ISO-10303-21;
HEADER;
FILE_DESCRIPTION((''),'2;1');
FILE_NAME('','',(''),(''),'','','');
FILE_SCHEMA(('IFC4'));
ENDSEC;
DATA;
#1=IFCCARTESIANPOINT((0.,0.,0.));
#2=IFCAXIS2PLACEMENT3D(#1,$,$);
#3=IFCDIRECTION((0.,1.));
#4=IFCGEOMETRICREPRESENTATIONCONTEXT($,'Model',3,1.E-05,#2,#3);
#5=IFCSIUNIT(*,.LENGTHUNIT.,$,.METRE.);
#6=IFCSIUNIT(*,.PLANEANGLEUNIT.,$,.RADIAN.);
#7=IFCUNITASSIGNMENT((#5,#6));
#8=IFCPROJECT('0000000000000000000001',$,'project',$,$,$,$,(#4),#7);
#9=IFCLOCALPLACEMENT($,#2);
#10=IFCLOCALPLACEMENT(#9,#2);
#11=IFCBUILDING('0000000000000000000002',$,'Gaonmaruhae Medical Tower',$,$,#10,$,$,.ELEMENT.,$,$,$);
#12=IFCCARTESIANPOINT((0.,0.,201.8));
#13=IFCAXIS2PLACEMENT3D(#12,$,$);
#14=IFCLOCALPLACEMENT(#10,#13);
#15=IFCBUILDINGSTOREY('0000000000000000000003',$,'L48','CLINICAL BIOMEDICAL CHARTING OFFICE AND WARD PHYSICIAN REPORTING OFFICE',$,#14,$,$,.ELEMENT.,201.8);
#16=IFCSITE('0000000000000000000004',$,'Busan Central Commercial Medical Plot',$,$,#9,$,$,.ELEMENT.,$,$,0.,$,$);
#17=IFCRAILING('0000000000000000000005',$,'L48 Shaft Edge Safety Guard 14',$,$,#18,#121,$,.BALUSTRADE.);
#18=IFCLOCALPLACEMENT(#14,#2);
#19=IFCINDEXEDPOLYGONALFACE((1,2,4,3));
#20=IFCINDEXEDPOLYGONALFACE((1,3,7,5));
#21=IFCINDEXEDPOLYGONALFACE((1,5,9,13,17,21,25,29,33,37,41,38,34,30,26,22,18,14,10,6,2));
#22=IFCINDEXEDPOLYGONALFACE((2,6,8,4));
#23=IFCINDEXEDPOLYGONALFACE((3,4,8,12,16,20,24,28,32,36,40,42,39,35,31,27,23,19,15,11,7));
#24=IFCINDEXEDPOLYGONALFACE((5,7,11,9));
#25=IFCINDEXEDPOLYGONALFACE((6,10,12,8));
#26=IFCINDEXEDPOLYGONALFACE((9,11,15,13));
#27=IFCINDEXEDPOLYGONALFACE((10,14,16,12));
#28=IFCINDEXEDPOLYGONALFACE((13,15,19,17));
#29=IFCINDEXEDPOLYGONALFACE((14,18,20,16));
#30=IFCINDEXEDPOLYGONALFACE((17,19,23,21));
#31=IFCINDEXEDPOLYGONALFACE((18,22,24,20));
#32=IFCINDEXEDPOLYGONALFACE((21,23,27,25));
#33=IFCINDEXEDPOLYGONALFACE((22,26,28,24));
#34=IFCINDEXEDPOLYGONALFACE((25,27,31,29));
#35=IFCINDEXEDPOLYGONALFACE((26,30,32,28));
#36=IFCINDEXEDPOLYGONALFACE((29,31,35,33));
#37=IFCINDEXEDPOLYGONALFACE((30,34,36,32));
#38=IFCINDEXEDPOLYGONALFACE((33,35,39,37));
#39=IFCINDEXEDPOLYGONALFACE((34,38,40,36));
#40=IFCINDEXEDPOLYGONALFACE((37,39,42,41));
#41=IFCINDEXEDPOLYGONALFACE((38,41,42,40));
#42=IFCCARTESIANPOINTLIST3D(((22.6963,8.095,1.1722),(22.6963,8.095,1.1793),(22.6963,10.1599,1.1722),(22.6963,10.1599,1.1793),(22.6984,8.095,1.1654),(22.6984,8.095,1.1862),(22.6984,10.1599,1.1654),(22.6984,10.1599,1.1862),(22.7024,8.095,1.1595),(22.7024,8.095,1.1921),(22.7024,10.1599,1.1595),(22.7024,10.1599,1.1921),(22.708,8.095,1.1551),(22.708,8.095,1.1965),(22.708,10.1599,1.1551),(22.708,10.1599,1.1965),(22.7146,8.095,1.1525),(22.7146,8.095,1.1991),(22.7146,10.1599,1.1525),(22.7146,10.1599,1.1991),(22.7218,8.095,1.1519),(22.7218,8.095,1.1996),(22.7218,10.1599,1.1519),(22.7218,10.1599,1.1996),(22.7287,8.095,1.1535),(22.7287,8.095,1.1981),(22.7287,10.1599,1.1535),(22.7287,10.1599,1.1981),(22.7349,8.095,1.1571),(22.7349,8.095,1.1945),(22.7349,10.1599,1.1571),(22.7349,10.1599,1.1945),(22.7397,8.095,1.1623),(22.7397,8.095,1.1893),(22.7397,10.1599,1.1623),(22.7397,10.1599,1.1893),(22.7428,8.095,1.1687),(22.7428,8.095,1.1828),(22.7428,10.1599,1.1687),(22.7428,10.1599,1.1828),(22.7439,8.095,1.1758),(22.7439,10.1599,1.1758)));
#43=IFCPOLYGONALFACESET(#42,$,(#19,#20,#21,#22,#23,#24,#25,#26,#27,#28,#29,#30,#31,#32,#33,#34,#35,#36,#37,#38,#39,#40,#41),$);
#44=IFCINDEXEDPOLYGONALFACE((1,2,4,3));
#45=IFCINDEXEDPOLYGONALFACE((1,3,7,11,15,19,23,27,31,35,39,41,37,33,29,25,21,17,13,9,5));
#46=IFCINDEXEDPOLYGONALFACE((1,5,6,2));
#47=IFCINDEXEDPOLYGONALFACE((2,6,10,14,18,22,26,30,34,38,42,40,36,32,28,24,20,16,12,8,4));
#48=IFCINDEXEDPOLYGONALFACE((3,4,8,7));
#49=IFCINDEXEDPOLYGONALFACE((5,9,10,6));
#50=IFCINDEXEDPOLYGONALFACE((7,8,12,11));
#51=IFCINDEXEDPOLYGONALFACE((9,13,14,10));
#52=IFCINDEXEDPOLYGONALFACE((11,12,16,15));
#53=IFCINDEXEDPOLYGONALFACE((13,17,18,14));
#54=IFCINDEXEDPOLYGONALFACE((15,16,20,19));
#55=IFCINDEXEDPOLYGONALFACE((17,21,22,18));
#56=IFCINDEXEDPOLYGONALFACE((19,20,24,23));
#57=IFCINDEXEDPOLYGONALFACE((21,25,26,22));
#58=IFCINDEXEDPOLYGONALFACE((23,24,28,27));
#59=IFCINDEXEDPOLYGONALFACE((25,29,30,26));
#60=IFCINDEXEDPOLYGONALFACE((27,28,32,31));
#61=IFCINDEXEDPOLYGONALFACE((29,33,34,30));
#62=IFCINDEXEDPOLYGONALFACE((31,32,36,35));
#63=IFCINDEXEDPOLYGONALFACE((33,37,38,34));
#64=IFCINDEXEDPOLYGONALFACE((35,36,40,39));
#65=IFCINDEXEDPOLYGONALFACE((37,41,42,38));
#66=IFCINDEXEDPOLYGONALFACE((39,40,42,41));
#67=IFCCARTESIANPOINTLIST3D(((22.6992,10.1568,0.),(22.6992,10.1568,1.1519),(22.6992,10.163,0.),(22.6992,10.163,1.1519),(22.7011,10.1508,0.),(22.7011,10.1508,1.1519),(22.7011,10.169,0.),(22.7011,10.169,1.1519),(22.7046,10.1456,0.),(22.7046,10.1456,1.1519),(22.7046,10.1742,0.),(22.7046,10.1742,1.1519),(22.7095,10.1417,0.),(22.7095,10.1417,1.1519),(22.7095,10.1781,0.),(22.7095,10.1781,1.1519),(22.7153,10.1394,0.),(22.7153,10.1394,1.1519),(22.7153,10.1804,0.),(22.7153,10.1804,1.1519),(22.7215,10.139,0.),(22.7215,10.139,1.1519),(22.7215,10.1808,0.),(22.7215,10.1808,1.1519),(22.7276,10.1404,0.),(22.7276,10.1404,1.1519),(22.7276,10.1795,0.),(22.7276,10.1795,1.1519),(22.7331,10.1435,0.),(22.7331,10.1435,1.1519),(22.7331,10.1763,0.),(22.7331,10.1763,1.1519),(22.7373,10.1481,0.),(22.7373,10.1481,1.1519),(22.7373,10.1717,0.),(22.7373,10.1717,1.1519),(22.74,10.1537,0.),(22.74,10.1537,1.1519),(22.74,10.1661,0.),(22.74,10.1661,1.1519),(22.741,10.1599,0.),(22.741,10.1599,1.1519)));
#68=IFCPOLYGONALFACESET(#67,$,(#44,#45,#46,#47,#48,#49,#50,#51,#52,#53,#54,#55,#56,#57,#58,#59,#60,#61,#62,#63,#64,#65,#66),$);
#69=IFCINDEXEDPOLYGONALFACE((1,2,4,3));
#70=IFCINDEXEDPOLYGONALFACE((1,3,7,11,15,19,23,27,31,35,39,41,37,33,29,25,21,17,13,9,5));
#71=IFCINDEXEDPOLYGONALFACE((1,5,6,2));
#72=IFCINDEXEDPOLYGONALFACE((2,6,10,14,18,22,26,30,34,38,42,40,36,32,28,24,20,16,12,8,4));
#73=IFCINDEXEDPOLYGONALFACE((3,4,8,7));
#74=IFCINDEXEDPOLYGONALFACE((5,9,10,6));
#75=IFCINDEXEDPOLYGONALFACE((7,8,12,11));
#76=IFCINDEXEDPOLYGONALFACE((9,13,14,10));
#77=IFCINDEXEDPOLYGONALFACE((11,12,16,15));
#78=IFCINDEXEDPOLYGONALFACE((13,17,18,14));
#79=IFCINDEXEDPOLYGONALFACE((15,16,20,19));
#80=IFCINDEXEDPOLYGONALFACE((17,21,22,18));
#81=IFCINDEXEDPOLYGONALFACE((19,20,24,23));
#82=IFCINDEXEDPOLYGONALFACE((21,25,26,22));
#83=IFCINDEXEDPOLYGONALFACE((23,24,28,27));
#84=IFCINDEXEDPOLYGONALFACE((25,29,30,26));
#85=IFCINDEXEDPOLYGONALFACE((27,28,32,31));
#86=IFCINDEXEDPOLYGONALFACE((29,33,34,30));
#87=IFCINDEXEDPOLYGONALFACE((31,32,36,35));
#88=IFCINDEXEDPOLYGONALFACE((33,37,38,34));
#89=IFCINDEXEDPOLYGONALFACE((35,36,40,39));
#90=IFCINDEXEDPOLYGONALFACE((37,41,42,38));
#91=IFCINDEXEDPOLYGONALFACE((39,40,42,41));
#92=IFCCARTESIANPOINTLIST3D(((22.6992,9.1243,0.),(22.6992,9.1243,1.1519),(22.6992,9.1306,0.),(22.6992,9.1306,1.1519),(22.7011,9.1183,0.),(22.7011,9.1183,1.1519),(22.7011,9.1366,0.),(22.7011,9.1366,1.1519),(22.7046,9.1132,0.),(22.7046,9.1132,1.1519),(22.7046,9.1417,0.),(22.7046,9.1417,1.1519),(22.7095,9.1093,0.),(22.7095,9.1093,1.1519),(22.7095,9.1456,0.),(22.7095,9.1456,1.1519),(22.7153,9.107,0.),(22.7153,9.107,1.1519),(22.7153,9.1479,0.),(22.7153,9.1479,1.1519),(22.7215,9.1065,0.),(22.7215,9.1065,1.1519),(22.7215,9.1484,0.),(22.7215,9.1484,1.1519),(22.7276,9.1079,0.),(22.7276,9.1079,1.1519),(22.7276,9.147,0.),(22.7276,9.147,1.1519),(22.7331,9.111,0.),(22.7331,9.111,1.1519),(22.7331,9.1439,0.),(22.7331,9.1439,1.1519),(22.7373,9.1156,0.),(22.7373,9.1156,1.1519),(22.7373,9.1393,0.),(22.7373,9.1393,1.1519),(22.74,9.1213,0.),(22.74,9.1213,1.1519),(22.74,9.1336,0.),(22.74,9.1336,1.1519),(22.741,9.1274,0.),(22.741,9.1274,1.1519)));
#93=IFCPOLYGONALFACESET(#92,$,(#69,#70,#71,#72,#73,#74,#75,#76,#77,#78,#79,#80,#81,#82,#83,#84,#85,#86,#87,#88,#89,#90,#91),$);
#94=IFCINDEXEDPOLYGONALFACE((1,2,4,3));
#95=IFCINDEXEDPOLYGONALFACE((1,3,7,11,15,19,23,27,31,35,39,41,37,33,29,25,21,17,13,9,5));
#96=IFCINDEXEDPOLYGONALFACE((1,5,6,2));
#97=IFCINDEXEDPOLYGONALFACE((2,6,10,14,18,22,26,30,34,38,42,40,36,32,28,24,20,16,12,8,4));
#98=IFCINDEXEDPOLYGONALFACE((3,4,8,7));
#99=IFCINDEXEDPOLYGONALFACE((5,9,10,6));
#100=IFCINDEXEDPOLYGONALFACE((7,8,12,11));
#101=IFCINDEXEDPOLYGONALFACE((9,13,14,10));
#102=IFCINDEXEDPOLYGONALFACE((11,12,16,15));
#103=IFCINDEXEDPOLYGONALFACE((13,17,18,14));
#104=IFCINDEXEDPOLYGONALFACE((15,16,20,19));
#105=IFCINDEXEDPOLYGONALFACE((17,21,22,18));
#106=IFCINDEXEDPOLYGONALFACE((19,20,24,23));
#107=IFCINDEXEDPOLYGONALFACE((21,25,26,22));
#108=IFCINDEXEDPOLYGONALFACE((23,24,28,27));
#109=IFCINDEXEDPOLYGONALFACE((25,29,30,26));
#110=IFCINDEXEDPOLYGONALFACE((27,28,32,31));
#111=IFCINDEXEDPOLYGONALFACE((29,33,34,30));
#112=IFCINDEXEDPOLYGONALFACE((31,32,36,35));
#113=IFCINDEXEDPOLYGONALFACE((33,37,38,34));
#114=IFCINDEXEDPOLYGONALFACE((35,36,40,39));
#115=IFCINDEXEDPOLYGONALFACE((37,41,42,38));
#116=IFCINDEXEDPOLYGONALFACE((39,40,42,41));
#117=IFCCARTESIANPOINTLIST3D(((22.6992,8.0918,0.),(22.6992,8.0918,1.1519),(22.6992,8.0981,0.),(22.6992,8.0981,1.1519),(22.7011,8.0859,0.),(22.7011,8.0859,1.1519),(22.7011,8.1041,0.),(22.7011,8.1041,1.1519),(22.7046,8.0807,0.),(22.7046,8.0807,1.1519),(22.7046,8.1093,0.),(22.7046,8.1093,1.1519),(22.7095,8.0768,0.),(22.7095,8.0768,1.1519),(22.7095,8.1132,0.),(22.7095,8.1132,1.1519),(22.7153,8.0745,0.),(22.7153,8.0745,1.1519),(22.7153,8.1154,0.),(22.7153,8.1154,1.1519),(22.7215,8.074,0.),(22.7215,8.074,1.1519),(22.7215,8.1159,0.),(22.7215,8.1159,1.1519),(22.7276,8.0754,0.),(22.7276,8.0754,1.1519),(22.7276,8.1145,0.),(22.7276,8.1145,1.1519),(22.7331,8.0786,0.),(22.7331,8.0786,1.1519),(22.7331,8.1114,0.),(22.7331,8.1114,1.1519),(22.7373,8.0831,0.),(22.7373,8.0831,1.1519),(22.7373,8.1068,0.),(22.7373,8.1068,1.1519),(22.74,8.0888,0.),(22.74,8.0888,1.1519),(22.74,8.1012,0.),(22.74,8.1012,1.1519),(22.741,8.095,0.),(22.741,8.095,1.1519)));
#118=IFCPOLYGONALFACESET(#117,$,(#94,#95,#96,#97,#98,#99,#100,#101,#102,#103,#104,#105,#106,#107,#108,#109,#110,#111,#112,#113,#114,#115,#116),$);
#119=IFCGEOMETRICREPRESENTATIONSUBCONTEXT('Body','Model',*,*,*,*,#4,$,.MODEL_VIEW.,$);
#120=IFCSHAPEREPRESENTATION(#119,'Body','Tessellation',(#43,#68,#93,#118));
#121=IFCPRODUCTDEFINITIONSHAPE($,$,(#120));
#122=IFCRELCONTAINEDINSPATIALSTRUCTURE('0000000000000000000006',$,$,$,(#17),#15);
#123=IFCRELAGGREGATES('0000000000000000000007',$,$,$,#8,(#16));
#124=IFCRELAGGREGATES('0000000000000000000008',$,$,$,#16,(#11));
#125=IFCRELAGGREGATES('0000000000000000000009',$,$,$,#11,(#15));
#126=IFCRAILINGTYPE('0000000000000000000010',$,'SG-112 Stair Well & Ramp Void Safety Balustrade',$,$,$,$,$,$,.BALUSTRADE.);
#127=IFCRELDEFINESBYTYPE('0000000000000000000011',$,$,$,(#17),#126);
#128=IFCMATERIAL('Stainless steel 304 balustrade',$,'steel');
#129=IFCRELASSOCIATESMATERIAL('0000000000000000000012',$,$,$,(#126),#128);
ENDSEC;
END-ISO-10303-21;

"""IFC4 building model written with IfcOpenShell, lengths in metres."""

from ifc_helpers import new_model, si_unit, direction, frame, origin, origin_2d, place, context, subcontext, project, spatial, circle, extrude, material, type_object, element, save


model = new_model("IFC4")

# Units and contexts
model_context = context("Model", 3, precision=1e-05, world=origin(), true_north=direction((0.0, 1.0)))
body_context = subcontext(model_context, "Body", "Model", "MODEL_VIEW")
ifc_project = project(units=[si_unit("LENGTHUNIT", "METRE"), si_unit("PLANEANGLEUNIT", "RADIAN")], contexts=[model_context])

# Site, building, storey
site_placement = place(None, origin())
site = spatial("IfcSite", under=ifc_project, at=site_placement, Name="Busan Central Commercial Medical Plot", CompositionType="ELEMENT", RefElevation=0.0)
building_placement = place(site_placement, origin())
building = spatial("IfcBuilding", under=site, at=building_placement, Name="Gaonmaruhae Medical Tower", CompositionType="ELEMENT")
storey_placement = place(building_placement, frame((0.0, 0.0, 201.8)))
storey = spatial("IfcBuildingStorey", under=building, at=storey_placement, Name="L48", Description="CLINICAL BIOMEDICAL CHARTING OFFICE AND WARD PHYSICIAN REPORTING OFFICE", CompositionType="ELEMENT", Elevation=201.8)

# Railing
ifc_material_1 = material(Name="Stainless steel 304 balustrade", Category="steel")
railing_type_1 = type_object("IfcRailingType", Name="SG-112 Stair Well & Ramp Void Safety Balustrade", PredefinedType="BALUSTRADE", material=ifc_material_1)
railing_1_placement = place(storey_placement, frame((22.72, 10.1599, 0.0)))
element("IfcRailing", 1, at=railing_1_placement, inside=storey, type_object=railing_type_1, Name="L48 Shaft Edge Safety Guard 14", PredefinedType="BALUSTRADE", context=body_context, shape_type="SweptSolid", body=[
    extrude(circle(Radius=0.0239, at=origin_2d()), frame((0.0, 0.0, 1.1758), z_axis=(0.0, -1.0, 0.0), x_axis=(1.0, 0.0, 0.0)), (0.0, 0.0, 1.0), 2.0649),
    extrude(circle(Radius=0.021, at=origin_2d()), origin(), (0.0, 0.0, 1.0), 1.1519),
    extrude(circle(Radius=0.021, at=origin_2d()), frame((0.0, -1.0325, 0.0)), (0.0, 0.0, 1.0), 1.1519),
    extrude(circle(Radius=0.021, at=origin_2d()), frame((0.0, -2.0649, 0.0)), (0.0, 0.0, 1.0), 1.1519),
])

save(model, "model.ifc")
